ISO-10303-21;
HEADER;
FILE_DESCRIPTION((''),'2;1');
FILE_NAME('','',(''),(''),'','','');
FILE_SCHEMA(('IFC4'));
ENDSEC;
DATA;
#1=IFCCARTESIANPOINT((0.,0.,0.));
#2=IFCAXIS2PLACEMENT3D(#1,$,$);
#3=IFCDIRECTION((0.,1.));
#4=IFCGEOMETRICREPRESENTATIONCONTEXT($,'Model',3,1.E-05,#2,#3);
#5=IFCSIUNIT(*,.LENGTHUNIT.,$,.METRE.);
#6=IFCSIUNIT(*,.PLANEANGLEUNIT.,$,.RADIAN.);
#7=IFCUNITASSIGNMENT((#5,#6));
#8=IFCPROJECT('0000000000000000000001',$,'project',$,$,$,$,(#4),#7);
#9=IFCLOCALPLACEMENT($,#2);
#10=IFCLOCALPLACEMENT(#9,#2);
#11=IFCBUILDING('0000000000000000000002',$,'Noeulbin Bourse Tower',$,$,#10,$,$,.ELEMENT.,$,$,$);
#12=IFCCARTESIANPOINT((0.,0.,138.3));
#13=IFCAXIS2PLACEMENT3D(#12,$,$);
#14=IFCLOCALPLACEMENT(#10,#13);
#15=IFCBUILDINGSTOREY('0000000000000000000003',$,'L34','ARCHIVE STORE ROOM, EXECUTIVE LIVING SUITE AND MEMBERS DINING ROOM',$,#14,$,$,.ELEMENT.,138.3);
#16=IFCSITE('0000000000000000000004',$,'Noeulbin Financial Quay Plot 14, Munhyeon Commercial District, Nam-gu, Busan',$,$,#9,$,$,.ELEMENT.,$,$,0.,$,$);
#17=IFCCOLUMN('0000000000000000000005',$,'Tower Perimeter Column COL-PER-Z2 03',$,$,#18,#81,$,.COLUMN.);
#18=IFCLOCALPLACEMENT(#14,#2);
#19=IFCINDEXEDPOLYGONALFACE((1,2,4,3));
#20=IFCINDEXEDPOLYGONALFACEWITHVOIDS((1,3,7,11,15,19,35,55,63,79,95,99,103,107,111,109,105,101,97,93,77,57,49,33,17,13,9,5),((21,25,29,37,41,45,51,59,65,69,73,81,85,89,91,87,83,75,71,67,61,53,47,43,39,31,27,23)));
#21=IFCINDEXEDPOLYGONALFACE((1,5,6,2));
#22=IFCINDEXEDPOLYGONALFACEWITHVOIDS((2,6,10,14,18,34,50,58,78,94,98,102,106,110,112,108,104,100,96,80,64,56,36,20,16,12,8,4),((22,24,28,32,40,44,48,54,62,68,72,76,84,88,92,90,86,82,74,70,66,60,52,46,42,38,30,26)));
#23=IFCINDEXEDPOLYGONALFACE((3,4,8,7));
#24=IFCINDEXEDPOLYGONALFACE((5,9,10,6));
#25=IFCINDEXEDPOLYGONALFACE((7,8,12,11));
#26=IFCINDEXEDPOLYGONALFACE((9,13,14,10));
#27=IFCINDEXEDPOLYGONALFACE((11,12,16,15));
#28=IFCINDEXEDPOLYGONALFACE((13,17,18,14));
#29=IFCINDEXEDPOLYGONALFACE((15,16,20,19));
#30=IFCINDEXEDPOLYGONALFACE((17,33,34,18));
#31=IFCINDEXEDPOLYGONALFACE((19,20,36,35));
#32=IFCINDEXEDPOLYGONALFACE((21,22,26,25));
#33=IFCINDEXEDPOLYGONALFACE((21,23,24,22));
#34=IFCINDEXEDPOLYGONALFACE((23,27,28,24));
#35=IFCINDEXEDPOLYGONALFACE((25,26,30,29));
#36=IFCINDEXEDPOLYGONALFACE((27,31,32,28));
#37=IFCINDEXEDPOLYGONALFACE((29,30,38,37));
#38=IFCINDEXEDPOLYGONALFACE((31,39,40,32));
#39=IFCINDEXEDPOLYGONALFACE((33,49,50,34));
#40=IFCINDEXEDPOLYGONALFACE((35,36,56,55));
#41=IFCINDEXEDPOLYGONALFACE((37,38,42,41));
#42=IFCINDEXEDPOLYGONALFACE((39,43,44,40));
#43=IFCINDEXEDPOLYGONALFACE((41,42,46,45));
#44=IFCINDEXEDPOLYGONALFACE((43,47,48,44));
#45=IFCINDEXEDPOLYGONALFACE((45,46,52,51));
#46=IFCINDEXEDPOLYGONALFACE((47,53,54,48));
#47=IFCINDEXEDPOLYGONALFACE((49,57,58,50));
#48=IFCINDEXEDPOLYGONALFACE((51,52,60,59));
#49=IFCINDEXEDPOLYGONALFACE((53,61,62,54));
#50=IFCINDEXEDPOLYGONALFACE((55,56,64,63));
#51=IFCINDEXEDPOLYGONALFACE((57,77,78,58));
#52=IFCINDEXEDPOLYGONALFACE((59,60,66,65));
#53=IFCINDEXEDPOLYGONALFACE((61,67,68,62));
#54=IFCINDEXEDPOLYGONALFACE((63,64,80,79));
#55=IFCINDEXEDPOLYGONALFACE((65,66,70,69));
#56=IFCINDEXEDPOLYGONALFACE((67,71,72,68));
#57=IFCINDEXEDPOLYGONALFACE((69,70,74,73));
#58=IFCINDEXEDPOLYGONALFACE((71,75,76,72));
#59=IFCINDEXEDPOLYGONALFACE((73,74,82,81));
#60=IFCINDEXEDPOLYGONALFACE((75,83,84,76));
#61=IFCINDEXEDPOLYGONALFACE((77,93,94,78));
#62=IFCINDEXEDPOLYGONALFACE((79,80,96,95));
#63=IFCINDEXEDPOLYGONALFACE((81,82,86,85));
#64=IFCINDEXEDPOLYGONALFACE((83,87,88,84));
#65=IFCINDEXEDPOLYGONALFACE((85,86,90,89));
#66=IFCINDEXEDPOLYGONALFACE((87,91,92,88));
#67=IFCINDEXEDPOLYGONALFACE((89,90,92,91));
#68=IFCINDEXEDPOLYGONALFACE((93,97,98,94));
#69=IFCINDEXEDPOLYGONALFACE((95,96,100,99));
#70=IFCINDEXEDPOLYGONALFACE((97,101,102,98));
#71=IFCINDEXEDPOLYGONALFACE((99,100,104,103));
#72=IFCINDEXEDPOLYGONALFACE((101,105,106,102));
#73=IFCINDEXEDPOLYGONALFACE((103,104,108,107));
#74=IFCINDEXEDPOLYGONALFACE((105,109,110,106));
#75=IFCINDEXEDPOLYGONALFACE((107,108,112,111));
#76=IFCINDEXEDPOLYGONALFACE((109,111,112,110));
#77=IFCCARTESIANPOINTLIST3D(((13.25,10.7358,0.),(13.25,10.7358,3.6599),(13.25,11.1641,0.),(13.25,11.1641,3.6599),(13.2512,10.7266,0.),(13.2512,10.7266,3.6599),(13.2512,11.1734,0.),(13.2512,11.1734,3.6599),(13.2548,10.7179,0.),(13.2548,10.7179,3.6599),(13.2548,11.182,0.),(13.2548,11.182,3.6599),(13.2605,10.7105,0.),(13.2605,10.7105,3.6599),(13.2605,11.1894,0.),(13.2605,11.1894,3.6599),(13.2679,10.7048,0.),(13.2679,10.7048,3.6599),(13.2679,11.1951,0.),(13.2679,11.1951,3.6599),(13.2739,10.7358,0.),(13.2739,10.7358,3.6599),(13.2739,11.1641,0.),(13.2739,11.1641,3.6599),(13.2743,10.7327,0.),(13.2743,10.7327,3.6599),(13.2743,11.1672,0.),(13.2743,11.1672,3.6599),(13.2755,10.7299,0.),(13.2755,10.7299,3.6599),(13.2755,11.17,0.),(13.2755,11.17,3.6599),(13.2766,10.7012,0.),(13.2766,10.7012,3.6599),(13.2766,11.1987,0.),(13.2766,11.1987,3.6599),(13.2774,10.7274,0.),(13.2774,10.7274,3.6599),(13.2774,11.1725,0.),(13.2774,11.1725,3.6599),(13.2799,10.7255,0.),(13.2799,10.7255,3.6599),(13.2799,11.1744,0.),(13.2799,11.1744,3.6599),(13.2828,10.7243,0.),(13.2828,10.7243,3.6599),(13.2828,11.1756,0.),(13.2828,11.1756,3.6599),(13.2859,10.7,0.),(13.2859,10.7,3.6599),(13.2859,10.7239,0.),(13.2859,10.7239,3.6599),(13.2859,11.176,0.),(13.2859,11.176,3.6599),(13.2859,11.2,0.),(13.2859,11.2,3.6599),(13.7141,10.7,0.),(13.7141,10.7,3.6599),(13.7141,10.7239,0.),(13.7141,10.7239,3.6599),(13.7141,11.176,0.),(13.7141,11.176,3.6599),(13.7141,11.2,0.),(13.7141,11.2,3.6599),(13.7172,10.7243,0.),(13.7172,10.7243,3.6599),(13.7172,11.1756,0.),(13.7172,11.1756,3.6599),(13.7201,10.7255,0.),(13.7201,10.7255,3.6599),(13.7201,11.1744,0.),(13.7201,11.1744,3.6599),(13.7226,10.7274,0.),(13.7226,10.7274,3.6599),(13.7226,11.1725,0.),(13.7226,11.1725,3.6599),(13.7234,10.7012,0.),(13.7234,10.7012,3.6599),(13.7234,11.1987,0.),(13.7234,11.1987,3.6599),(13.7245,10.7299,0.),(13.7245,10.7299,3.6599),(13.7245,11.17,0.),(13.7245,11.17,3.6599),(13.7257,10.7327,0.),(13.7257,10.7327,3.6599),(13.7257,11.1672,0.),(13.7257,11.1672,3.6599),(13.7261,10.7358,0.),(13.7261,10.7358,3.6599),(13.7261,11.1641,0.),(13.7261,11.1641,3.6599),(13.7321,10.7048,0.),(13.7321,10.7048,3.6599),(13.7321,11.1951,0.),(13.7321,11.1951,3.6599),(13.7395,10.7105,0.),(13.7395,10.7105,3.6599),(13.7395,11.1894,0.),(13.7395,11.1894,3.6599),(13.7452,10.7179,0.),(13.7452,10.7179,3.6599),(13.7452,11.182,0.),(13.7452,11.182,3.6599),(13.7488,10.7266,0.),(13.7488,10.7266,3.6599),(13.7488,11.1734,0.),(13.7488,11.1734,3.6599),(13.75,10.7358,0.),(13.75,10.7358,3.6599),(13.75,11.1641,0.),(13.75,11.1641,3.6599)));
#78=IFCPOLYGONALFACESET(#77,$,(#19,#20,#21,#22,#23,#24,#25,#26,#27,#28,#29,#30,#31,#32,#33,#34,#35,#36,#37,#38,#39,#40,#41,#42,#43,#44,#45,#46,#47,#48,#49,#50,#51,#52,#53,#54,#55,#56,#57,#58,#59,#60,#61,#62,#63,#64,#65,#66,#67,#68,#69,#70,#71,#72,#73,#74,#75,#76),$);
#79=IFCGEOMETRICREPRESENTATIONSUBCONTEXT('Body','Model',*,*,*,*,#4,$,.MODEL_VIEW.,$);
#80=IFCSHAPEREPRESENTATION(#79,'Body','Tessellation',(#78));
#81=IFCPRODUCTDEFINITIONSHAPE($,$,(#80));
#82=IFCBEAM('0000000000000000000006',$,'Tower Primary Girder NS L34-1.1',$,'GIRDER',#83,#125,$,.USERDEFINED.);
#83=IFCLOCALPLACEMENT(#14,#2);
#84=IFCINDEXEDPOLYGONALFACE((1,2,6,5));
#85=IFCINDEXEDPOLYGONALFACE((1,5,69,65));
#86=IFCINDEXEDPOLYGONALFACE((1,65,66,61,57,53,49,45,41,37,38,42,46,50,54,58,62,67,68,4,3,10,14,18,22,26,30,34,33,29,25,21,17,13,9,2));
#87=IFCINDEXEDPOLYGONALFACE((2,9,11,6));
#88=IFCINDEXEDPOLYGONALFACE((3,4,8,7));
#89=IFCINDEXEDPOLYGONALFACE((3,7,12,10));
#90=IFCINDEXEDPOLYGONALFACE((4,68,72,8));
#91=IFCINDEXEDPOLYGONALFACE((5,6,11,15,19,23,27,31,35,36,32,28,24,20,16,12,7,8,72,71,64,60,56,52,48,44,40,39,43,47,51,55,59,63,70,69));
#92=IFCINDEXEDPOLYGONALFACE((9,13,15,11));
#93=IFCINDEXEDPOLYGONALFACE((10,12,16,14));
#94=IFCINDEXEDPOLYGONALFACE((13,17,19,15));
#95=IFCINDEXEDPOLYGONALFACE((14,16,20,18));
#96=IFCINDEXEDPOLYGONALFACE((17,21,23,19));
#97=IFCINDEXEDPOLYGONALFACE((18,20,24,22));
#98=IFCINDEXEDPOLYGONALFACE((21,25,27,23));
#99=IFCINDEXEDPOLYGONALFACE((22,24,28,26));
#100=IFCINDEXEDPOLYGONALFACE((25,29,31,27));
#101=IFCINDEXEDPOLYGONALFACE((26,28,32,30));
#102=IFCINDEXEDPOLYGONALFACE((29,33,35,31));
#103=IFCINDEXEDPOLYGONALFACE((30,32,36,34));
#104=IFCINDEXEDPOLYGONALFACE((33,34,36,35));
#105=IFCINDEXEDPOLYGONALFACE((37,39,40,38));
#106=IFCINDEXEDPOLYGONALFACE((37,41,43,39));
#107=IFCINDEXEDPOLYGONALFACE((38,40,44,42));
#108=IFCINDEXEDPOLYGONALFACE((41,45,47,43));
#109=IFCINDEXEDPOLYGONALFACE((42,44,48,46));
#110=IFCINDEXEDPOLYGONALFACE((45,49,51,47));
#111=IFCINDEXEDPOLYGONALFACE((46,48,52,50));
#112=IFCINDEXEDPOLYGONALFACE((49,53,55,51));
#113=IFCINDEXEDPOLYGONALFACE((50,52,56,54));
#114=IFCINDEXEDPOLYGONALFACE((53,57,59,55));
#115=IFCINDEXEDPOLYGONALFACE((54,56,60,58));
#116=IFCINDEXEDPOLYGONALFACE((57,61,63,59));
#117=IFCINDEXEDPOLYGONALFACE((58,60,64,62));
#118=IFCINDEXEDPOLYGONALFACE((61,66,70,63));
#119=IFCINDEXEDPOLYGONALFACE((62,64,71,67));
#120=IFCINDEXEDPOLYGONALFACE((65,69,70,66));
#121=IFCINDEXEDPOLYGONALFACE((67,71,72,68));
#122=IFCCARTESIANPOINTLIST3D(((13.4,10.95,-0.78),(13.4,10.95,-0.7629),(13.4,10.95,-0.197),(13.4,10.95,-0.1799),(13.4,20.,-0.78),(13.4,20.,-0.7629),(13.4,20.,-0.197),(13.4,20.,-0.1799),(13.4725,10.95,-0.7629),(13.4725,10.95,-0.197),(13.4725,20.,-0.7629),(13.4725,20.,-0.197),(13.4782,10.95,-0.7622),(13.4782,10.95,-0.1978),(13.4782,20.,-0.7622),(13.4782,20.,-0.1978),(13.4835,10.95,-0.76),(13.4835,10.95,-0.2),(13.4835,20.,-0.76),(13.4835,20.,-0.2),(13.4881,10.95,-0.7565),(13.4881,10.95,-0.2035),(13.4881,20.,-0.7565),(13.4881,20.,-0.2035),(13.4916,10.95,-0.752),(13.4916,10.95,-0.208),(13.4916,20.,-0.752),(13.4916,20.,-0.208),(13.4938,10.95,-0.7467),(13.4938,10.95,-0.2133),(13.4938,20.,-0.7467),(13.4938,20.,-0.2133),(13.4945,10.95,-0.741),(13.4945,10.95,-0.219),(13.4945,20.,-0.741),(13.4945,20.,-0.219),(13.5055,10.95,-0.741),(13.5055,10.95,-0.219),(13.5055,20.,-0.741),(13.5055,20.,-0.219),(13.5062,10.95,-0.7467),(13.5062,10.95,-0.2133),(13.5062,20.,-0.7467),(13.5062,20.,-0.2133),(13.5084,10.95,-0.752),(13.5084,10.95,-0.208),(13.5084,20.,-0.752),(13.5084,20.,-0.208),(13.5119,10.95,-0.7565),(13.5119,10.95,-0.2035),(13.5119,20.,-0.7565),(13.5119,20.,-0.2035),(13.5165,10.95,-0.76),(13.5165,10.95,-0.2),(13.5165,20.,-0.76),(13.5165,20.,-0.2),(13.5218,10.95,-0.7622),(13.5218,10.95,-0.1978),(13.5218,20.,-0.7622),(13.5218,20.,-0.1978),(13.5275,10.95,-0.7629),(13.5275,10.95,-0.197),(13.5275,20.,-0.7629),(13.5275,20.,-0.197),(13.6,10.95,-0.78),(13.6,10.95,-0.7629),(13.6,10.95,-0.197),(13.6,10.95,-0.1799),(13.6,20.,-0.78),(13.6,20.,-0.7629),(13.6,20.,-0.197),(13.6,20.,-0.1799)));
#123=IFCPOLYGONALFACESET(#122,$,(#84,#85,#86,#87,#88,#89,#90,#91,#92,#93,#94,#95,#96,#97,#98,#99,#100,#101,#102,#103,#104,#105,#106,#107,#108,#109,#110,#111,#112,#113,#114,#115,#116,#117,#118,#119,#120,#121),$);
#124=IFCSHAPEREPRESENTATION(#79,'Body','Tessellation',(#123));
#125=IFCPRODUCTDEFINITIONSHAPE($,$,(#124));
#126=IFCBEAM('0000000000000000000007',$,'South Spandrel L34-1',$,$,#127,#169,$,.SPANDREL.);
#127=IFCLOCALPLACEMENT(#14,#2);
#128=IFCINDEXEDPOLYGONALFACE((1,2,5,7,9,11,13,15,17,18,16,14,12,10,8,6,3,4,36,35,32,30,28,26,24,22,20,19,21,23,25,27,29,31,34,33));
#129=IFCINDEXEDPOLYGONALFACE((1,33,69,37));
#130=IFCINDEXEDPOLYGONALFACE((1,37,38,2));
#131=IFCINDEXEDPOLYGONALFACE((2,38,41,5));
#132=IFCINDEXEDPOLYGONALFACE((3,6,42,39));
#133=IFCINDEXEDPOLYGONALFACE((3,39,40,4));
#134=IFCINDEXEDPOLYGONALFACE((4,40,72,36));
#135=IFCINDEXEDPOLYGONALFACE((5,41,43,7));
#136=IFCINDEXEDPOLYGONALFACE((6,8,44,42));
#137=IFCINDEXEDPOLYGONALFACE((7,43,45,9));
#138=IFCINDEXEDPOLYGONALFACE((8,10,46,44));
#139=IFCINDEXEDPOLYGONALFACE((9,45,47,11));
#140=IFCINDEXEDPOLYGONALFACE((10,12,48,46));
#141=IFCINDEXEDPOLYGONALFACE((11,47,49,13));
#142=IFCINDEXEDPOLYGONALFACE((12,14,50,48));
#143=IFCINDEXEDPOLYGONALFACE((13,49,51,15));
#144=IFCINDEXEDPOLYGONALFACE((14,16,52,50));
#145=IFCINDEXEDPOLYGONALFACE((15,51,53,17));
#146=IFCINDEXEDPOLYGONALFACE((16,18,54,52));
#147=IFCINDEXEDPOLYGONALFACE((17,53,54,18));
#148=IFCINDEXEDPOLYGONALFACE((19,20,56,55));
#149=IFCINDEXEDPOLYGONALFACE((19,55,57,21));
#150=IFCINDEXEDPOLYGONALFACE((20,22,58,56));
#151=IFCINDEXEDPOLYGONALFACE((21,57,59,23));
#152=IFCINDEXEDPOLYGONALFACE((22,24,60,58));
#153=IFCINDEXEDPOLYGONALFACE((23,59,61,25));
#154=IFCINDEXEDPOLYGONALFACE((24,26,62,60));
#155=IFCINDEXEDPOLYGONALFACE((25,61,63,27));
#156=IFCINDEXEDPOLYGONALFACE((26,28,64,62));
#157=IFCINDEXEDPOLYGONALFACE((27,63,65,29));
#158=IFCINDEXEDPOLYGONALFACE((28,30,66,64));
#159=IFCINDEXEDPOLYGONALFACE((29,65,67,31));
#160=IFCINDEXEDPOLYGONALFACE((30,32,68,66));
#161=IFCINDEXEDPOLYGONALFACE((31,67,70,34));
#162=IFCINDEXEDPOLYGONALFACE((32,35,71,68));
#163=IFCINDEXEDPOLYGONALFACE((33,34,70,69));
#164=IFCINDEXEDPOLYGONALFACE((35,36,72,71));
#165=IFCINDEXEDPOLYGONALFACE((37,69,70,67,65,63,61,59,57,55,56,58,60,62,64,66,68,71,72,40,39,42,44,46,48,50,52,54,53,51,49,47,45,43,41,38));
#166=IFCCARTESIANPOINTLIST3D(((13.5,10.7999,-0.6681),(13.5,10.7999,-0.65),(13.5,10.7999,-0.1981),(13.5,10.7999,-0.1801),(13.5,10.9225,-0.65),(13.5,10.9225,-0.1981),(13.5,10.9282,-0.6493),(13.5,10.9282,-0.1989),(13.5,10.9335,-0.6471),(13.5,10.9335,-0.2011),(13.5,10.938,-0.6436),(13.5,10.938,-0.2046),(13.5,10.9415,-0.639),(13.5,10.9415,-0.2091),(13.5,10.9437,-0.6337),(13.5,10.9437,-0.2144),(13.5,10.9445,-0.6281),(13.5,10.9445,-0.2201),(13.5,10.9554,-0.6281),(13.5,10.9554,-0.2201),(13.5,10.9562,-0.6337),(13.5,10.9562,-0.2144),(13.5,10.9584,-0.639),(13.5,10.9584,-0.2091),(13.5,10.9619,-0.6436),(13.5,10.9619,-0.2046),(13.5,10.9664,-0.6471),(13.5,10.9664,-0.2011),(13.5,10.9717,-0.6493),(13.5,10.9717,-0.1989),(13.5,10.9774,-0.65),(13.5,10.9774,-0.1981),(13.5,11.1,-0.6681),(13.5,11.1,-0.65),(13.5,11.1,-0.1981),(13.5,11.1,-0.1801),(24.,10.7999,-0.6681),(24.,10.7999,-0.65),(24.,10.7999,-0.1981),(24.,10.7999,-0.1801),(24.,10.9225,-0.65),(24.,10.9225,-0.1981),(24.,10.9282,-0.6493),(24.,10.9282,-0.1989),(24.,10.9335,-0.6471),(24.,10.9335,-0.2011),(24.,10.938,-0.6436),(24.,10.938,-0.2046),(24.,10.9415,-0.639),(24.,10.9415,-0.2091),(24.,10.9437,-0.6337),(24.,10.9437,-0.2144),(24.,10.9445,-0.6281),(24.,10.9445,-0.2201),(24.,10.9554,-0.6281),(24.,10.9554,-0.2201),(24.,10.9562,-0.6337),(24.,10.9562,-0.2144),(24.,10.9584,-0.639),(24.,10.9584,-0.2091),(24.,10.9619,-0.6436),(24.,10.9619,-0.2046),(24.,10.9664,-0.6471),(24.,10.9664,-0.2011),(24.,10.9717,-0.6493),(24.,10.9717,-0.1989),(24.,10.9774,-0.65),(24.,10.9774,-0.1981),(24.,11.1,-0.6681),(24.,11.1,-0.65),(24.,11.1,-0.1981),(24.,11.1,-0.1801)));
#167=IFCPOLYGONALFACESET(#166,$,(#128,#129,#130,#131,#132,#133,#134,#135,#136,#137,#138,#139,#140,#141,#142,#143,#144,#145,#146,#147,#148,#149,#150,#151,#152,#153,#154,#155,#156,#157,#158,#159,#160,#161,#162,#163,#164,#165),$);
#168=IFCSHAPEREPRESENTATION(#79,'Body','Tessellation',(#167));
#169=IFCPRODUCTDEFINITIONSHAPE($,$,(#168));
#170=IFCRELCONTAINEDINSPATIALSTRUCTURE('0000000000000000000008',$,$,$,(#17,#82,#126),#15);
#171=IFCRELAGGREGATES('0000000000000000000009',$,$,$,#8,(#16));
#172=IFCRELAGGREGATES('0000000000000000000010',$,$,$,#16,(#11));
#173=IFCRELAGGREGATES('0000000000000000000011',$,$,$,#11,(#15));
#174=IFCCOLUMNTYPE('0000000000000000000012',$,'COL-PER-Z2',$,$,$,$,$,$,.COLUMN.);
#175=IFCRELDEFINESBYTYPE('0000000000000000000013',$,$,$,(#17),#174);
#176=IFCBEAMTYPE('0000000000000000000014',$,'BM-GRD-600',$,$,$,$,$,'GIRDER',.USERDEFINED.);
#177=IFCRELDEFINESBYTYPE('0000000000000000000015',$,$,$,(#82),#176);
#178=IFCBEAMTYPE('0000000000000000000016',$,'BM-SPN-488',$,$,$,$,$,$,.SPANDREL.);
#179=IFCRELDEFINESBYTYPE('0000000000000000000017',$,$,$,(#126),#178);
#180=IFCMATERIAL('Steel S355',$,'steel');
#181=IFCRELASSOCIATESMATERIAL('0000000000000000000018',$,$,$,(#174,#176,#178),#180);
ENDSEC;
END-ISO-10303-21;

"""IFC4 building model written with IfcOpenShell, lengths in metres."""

from ifc_helpers import new_model, si_unit, direction, frame, origin, origin_2d, place, context, subcontext, project, spatial, hollow_rectangle, i_section, extrude, material, material_profile, profile_set, type_object, element, save


model = new_model("IFC4")

# Units and contexts
model_context = context("Model", 3, precision=1e-05, world=origin(), true_north=direction((0.0, 1.0)))
body_context = subcontext(model_context, "Body", "Model", "MODEL_VIEW")
ifc_project = project(units=[si_unit("LENGTHUNIT", "METRE"), si_unit("PLANEANGLEUNIT", "RADIAN")], contexts=[model_context])

# Site, building, storey
site_placement = place(None, origin())
site = spatial("IfcSite", under=ifc_project, at=site_placement, Name="Noeulbin Financial Quay Plot 14, Munhyeon Commercial District, Nam-gu, Busan", CompositionType="ELEMENT", RefElevation=0.0)
building_placement = place(site_placement, origin())
building = spatial("IfcBuilding", under=site, at=building_placement, Name="Noeulbin Bourse Tower", CompositionType="ELEMENT")
storey_placement = place(building_placement, frame((0.0, 0.0, 138.3)))
storey = spatial("IfcBuildingStorey", under=building, at=storey_placement, Name="L34", Description="ARCHIVE STORE ROOM, EXECUTIVE LIVING SUITE AND MEMBERS DINING ROOM", CompositionType="ELEMENT", Elevation=138.3)

# Column
ifc_material_1 = material(Name="Steel S355", Category="steel")
ifc_material_profile_1 = material_profile(ifc_material_1, hollow_rectangle(XDim=0.5, YDim=0.5, WallThickness=0.0239, InnerFilletRadius=0.012, OuterFilletRadius=0.0359, at=origin_2d()), Name="BOX-500x500x24", Category="LoadBearing")
ifc_profile_set_1 = profile_set([ifc_material_profile_1], Name="Steel S355")
column_type = type_object("IfcColumnType", Name="COL-PER-Z2", PredefinedType="COLUMN", material=ifc_profile_set_1)
column_placement = place(storey_placement, frame((13.5, 10.95, 0.0), z_axis=(0.0, 0.0, 1.0), x_axis=(1.0, 0.0, 0.0)))
element("IfcColumn", 1, at=column_placement, inside=storey, type_object=column_type, Name="Tower Perimeter Column COL-PER-Z2 03", PredefinedType="COLUMN", context=body_context, shape_type="SweptSolid", body=[
    extrude(hollow_rectangle(XDim=0.5, YDim=0.5, WallThickness=0.0239, InnerFilletRadius=0.012, OuterFilletRadius=0.0359, at=origin_2d()), origin(), (0.0, 0.0, 1.0), 3.6599),
])

# Beams
ifc_material_profile_2 = material_profile(ifc_material_1, i_section(OverallWidth=0.2, OverallDepth=0.6001, WebThickness=0.011, FlangeThickness=0.0171, FilletRadius=0.022, at=origin_2d()), Name="H-600x200x11x17", Category="LoadBearing")
ifc_profile_set_2 = profile_set([ifc_material_profile_2], Name="Steel S355")
beam_type_1 = type_object("IfcBeamType", Name="BM-GRD-600", ElementType="GIRDER", PredefinedType="USERDEFINED", material=ifc_profile_set_2)
beam_1_placement = place(storey_placement, frame((13.5, 10.95, -0.48), z_axis=(0.0, 1.0, 0.0), x_axis=(-1.0, 0.0, 0.0)))
element("IfcBeam", 2, at=beam_1_placement, inside=storey, type_object=beam_type_1, Name="Tower Primary Girder NS L34-1.1", ObjectType="GIRDER", PredefinedType="USERDEFINED", context=body_context, shape_type="SweptSolid", body=[
    extrude(i_section(OverallWidth=0.2, OverallDepth=0.6001, WebThickness=0.011, FlangeThickness=0.0171, FilletRadius=0.022, at=origin_2d()), origin(), (0.0, 0.0, 1.0), 9.05),
])
ifc_material_profile_3 = material_profile(ifc_material_1, i_section(OverallWidth=0.3, OverallDepth=0.488, WebThickness=0.011, FlangeThickness=0.0181, FilletRadius=0.022, at=origin_2d()), Name="H-488x300x11x18", Category="LoadBearing")
ifc_profile_set_3 = profile_set([ifc_material_profile_3], Name="Steel S355")
beam_type_2 = type_object("IfcBeamType", Name="BM-SPN-488", PredefinedType="SPANDREL", material=ifc_profile_set_3)
beam_2_placement = place(storey_placement, frame((13.5, 10.95, -0.4241), z_axis=(1.0, 0.0, 0.0), x_axis=(0.0, 1.0, 0.0)))
element("IfcBeam", 3, at=beam_2_placement, inside=storey, type_object=beam_type_2, Name="South Spandrel L34-1", PredefinedType="SPANDREL", context=body_context, shape_type="SweptSolid", body=[
    extrude(i_section(OverallWidth=0.3, OverallDepth=0.488, WebThickness=0.011, FlangeThickness=0.0181, FilletRadius=0.022, at=origin_2d()), origin(), (0.0, 0.0, 1.0), 10.5),
])

save(model, "model.ifc")
